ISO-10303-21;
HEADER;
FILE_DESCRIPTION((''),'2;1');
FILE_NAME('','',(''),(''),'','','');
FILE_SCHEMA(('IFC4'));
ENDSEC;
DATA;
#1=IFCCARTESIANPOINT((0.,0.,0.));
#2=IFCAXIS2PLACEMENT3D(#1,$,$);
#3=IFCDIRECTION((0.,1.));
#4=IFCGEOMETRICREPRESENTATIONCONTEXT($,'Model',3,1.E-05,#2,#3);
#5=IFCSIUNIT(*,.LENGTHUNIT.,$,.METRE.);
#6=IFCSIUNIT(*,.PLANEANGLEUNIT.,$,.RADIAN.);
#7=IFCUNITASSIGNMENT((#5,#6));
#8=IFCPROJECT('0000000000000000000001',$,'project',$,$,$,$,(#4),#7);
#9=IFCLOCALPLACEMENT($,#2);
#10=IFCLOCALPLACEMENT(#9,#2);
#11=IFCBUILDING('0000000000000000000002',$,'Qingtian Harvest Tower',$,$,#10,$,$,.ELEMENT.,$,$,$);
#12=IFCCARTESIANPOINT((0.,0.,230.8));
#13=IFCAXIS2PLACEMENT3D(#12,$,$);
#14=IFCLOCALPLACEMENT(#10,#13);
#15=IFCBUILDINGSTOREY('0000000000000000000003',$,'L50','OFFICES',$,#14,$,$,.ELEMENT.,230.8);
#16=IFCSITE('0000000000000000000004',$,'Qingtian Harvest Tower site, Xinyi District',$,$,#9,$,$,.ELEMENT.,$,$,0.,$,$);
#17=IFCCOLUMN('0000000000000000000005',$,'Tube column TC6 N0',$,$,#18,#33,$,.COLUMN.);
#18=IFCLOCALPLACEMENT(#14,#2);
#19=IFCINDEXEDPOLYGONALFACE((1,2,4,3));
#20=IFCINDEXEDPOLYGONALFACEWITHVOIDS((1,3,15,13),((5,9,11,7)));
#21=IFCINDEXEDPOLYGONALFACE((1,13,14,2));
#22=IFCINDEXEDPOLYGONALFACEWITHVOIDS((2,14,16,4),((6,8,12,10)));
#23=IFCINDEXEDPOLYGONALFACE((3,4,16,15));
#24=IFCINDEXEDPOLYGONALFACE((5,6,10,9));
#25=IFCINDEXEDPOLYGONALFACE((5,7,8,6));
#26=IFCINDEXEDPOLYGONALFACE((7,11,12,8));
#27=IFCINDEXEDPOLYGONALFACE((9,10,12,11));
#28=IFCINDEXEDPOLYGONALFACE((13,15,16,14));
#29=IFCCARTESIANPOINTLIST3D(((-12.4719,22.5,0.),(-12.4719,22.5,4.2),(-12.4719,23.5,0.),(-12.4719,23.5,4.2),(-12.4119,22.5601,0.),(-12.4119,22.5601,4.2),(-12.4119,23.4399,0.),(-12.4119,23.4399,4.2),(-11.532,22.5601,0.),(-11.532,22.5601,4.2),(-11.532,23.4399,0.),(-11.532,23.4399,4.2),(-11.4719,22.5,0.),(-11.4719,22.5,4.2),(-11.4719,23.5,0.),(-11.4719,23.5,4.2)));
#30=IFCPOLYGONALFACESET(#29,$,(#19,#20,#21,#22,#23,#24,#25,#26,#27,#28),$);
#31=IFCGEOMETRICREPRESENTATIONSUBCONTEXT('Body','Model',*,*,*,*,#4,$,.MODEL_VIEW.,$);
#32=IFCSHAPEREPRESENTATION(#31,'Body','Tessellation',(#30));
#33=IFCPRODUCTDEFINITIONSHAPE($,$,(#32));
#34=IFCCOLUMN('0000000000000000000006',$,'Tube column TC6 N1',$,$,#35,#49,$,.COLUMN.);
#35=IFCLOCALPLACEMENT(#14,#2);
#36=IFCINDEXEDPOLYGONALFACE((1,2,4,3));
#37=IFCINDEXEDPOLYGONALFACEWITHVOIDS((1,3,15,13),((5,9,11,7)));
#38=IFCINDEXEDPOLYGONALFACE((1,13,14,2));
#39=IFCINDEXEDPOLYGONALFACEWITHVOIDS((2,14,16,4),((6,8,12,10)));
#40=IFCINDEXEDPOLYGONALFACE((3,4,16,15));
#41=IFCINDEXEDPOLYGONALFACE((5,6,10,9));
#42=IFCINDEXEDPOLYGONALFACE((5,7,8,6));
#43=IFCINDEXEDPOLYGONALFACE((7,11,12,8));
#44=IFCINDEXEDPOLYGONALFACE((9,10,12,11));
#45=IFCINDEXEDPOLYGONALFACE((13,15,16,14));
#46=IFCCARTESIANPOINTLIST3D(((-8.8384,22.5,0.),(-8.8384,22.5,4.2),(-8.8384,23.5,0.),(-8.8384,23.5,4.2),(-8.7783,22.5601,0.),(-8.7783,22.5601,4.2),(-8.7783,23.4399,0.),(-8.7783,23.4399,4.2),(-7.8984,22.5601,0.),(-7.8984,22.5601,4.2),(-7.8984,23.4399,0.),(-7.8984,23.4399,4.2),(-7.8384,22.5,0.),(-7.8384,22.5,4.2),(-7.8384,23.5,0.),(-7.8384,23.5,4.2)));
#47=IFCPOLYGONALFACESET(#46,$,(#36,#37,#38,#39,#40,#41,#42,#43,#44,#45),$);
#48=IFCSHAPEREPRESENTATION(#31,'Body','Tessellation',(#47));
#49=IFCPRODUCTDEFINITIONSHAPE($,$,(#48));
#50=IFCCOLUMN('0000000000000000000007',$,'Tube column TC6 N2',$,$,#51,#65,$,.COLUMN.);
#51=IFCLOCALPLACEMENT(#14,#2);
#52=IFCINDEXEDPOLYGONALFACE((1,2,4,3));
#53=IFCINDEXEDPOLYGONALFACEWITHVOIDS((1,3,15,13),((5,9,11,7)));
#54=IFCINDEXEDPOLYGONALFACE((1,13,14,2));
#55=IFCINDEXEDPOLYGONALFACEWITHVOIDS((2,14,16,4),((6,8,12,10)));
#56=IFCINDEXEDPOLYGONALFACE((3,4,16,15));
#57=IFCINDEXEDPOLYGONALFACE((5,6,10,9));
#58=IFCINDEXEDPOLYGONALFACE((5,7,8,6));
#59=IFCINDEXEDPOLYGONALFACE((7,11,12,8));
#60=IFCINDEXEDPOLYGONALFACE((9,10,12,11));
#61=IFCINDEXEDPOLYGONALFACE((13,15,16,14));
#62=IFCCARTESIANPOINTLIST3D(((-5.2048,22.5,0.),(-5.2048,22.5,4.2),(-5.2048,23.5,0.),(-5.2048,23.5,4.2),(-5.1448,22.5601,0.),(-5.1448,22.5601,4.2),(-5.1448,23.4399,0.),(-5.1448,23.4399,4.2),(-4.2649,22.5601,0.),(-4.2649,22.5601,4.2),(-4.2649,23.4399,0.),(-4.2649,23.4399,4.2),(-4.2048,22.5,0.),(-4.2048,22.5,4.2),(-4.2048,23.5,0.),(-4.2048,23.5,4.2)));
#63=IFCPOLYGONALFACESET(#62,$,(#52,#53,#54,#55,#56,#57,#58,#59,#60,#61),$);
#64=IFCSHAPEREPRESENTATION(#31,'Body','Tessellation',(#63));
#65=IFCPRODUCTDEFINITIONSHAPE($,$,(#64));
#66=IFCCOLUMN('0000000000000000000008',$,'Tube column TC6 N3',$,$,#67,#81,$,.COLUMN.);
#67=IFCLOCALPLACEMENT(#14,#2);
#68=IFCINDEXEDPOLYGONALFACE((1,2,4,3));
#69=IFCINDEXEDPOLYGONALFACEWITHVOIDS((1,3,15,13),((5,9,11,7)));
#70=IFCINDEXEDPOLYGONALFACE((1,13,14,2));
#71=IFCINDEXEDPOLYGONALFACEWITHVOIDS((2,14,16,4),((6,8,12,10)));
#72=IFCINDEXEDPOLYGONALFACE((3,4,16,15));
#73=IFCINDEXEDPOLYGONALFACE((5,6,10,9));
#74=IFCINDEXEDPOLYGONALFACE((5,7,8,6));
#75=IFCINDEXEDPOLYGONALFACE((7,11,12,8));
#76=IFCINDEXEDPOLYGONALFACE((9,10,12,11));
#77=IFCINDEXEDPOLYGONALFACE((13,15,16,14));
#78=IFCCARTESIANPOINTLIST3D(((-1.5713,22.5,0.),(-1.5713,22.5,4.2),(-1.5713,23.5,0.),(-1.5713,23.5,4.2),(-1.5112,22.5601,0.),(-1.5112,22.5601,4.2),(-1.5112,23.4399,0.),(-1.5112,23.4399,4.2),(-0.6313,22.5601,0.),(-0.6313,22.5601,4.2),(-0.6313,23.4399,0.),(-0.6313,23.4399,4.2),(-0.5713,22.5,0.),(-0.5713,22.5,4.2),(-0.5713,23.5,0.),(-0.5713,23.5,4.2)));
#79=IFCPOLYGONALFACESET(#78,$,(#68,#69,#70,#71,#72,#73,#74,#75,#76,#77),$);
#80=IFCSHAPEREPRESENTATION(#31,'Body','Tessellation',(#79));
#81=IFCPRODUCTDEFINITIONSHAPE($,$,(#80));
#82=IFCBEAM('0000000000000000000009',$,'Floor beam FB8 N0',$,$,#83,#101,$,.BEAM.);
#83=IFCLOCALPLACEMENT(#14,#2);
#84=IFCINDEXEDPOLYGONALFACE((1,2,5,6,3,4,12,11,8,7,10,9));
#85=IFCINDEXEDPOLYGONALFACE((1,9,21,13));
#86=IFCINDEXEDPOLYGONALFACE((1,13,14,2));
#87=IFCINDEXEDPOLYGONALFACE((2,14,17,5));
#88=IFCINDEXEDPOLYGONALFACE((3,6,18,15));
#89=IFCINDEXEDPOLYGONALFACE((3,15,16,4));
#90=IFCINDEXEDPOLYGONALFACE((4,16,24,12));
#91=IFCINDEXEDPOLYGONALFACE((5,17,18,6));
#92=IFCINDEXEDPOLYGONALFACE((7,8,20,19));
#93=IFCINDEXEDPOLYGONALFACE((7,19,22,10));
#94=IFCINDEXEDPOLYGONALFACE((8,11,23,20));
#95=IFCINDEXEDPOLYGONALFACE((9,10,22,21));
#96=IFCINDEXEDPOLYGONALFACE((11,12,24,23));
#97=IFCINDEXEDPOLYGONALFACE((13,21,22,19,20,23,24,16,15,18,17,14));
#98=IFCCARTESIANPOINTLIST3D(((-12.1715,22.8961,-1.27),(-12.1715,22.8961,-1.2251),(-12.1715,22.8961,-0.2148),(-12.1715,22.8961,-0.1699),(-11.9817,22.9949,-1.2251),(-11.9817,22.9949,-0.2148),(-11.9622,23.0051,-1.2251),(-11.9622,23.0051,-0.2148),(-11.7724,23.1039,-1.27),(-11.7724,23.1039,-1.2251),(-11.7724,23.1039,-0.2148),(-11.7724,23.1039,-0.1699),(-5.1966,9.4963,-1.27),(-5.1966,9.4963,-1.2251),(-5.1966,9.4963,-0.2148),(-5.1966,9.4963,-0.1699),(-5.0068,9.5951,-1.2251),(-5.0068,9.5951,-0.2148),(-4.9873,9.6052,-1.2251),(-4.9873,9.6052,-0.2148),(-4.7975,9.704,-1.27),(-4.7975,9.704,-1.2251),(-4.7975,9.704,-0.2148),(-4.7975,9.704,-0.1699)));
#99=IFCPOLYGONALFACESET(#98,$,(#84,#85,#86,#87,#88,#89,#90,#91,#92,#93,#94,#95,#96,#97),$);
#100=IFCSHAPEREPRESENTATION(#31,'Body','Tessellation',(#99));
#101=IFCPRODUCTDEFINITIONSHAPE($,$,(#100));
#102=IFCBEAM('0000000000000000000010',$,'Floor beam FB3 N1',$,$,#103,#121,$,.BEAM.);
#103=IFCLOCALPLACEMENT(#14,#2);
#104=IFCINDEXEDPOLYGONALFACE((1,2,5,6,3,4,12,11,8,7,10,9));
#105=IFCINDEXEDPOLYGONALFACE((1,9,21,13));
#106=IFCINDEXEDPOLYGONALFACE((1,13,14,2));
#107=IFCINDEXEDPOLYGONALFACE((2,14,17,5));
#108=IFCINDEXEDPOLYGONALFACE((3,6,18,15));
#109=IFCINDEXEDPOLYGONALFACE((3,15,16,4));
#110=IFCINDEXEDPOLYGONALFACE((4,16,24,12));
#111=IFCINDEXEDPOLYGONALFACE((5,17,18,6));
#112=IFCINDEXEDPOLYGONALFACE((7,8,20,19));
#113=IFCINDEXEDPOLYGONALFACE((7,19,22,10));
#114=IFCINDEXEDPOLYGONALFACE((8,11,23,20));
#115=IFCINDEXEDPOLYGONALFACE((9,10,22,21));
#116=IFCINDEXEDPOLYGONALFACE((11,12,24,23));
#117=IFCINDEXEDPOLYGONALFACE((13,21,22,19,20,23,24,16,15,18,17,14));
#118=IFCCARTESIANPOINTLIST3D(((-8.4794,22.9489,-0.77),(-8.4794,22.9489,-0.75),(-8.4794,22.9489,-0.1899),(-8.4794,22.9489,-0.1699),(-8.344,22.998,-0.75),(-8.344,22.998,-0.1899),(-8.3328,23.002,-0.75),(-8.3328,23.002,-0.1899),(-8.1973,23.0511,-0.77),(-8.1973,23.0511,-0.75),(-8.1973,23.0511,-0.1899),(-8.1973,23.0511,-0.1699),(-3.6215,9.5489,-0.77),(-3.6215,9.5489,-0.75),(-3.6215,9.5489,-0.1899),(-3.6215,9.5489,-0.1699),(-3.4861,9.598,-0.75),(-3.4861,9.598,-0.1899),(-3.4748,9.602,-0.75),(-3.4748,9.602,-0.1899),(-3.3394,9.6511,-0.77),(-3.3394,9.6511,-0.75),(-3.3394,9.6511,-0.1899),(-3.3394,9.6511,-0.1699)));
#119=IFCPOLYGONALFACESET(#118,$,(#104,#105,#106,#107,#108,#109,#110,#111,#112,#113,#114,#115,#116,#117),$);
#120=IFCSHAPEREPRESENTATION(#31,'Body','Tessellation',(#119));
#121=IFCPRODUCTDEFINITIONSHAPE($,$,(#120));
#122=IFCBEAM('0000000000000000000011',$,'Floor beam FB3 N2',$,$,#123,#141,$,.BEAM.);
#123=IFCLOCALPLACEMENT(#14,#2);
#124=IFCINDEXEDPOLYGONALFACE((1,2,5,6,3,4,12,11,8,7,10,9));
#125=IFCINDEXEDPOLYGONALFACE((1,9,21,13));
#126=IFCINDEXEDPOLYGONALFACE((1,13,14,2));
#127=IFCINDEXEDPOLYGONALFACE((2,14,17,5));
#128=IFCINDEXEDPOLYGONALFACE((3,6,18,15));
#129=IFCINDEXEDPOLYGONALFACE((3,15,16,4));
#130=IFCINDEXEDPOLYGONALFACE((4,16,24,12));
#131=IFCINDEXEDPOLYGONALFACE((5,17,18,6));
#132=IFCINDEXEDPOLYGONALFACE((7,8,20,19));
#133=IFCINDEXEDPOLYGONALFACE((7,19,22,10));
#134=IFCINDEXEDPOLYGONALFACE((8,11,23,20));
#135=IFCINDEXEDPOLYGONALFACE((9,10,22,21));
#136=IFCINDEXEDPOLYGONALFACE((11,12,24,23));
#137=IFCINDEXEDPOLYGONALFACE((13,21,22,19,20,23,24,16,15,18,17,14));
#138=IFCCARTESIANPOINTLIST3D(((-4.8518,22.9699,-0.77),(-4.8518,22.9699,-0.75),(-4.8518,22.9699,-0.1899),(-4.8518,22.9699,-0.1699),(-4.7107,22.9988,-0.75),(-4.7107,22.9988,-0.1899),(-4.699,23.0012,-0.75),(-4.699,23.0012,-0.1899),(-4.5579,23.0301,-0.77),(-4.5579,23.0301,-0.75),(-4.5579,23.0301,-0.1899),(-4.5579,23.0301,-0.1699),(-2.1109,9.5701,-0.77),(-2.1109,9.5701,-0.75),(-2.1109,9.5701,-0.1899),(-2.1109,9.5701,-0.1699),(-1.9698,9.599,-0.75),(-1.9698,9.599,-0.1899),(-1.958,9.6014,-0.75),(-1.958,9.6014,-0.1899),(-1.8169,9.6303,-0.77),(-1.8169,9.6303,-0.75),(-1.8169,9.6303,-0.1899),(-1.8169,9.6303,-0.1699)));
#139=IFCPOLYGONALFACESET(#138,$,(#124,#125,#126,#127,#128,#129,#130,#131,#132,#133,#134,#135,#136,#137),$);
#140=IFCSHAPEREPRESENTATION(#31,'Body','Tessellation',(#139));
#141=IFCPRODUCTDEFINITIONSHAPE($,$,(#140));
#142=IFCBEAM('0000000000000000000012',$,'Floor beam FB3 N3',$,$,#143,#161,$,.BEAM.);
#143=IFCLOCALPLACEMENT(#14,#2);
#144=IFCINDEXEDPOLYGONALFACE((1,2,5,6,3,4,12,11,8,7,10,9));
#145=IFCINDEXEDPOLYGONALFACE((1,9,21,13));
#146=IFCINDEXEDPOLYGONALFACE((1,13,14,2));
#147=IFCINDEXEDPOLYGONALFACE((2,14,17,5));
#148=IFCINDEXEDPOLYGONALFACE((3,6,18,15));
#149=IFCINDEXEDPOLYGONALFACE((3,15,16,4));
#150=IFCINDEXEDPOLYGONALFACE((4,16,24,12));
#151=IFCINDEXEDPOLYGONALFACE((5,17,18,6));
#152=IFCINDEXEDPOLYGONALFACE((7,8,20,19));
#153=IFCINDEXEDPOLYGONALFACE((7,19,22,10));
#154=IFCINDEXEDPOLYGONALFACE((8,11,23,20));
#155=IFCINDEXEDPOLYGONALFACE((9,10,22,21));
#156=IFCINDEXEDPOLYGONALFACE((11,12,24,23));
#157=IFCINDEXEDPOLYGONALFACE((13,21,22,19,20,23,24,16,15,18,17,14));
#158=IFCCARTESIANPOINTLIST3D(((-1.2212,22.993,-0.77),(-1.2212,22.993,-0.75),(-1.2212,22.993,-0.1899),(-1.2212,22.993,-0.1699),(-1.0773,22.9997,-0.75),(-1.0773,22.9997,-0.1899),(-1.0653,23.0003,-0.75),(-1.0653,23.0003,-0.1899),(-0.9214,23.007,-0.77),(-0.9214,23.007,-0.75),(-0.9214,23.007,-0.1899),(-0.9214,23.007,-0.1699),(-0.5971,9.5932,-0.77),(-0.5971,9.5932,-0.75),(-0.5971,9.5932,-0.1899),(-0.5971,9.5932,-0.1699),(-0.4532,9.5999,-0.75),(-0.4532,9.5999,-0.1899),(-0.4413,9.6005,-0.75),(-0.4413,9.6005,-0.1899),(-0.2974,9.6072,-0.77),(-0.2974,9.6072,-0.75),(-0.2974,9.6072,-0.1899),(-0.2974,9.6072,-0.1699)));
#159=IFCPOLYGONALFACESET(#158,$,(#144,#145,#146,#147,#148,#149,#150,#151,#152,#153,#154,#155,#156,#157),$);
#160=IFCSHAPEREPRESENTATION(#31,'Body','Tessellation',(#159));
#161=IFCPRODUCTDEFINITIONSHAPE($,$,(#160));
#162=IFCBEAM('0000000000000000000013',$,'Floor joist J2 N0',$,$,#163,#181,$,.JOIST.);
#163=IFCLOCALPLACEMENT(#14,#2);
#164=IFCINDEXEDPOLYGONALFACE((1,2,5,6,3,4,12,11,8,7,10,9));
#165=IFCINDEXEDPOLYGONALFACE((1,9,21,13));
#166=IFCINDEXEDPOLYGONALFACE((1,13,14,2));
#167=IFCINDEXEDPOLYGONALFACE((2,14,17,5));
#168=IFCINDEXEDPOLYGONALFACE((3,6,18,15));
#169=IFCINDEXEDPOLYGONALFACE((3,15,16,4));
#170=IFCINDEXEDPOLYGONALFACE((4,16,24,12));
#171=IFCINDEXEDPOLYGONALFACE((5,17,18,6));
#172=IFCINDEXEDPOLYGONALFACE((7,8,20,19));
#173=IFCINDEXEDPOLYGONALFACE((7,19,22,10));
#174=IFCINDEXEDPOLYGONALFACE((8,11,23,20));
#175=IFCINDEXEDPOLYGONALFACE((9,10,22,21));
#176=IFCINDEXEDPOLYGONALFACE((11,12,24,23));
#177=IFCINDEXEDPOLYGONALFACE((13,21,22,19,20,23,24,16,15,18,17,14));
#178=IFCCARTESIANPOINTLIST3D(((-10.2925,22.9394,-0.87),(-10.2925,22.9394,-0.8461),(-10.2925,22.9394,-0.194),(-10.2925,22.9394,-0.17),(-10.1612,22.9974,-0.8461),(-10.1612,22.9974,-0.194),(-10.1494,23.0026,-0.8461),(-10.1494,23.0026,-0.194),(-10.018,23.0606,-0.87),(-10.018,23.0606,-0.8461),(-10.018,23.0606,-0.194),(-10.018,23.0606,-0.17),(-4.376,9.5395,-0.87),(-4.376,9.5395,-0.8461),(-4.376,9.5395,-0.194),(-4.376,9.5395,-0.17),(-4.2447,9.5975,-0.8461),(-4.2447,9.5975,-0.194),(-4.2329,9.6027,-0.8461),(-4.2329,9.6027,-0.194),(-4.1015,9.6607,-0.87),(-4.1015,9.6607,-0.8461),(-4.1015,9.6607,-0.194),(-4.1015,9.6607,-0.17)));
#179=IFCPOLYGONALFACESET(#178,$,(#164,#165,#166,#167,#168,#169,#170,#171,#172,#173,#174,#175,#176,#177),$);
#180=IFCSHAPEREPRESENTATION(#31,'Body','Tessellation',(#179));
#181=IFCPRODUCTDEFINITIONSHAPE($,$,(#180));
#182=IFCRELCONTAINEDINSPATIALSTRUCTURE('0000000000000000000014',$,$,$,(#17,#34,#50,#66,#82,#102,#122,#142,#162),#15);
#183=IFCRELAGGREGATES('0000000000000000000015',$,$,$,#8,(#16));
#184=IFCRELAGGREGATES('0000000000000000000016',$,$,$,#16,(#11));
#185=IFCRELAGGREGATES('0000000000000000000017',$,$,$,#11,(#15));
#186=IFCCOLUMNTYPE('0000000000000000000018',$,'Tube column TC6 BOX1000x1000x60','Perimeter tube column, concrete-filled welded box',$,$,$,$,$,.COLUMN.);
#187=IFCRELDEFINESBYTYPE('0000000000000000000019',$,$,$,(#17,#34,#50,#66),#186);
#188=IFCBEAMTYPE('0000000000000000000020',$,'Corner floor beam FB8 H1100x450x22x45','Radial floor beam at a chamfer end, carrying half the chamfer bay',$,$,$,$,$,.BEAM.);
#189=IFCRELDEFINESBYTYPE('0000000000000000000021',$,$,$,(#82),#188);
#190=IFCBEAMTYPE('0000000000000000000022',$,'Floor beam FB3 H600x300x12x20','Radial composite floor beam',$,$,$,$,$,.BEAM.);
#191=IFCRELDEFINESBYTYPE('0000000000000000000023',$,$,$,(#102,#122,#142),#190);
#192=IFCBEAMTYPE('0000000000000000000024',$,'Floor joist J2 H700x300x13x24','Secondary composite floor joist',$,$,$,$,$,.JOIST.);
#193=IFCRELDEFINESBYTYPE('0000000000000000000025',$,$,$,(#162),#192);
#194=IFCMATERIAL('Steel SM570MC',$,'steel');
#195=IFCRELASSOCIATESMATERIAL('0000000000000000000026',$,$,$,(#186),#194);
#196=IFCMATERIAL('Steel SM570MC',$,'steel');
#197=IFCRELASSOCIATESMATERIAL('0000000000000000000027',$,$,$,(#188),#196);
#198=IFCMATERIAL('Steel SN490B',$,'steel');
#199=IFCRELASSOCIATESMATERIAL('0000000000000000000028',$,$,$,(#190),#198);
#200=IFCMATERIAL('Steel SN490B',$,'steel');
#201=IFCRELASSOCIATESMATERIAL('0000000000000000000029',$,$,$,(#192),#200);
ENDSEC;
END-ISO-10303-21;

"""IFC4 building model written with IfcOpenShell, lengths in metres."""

from ifc_helpers import new_model, si_unit, direction, frame, origin, origin_2d, place, context, subcontext, project, spatial, hollow_rectangle, i_section, extrude, material, material_profile, profile_set, type_object, element, save


model = new_model("IFC4")

# Units and contexts
model_context = context("Model", 3, precision=1e-05, world=origin(), true_north=direction((0.0, 1.0)))
body_context = subcontext(model_context, "Body", "Model", "MODEL_VIEW")
ifc_project = project(units=[si_unit("LENGTHUNIT", "METRE"), si_unit("PLANEANGLEUNIT", "RADIAN")], contexts=[model_context])

# Site, building, storey
site_placement = place(None, origin())
site = spatial("IfcSite", under=ifc_project, at=site_placement, Name="Qingtian Harvest Tower site, Xinyi District", CompositionType="ELEMENT", RefElevation=0.0)
building_placement = place(site_placement, origin())
building = spatial("IfcBuilding", under=site, at=building_placement, Name="Qingtian Harvest Tower", CompositionType="ELEMENT")
storey_placement = place(building_placement, frame((0.0, 0.0, 230.8)))
storey = spatial("IfcBuildingStorey", under=building, at=storey_placement, Name="L50", Description="OFFICES", CompositionType="ELEMENT", Elevation=230.8)

# Columns
ifc_material_1 = material(Name="Steel SM570MC", Category="steel")
ifc_material_profile_1 = material_profile(ifc_material_1, hollow_rectangle(XDim=1.0, YDim=1.0, WallThickness=0.0601, at=origin_2d()), Name="BOX1000x1000x60")
ifc_profile_set_1 = profile_set([ifc_material_profile_1], Name="Steel SM570MC")
column_type = type_object("IfcColumnType", Name="Tube column TC6 BOX1000x1000x60", Description="Perimeter tube column, concrete-filled welded box", PredefinedType="COLUMN", material=ifc_profile_set_1)
for number, where, z_axis, x_axis, name in (
    (1, (-11.9719, 23.0, 0.0), (0.0, 0.0, 1.0), (-1.0, 0.0, 0.0), "Tube column TC6 N0"),
    (2, (-8.3384, 23.0, 0.0), (0.0, 0.0, 1.0), (-1.0, 0.0, 0.0), "Tube column TC6 N1"),
    (3, (-4.7048, 23.0, 0.0), (0.0, 0.0, 1.0), (-1.0, 0.0, 0.0), "Tube column TC6 N2"),
    (4, (-1.0713, 23.0, 0.0), (0.0, 0.0, 1.0), (-1.0, 0.0, 0.0), "Tube column TC6 N3"),
):
    element("IfcColumn", number, at=place(storey_placement, frame(where, z_axis=z_axis, x_axis=x_axis)), inside=storey, type_object=column_type, Name=name, PredefinedType="COLUMN", context=body_context, shape_type="SweptSolid", body=[
        extrude(hollow_rectangle(XDim=1.0, YDim=1.0, WallThickness=0.0601, at=origin_2d()), origin(), (0.0, 0.0, 1.0), 4.2),
    ])

# Beams
ifc_material_2 = material(Name="Steel SM570MC", Category="steel")
ifc_material_profile_2 = material_profile(ifc_material_2, i_section(OverallWidth=0.45, OverallDepth=1.1001, WebThickness=0.022, FlangeThickness=0.0449, at=origin_2d()), Name="H1100x450x22x45")
ifc_profile_set_2 = profile_set([ifc_material_profile_2], Name="Steel SM570MC")
beam_type_1 = type_object("IfcBeamType", Name="Corner floor beam FB8 H1100x450x22x45", Description="Radial floor beam at a chamfer end, carrying half the chamfer bay", PredefinedType="BEAM", material=ifc_profile_set_2)
beam_1_placement = place(storey_placement, frame((-11.9719, 23.0, -0.72), z_axis=(0.461712, -0.88703, 0.0), x_axis=(0.88703, 0.461712, 0.0)))
element("IfcBeam", 5, at=beam_1_placement, inside=storey, type_object=beam_type_1, Name="Floor beam FB8 N0", PredefinedType="BEAM", context=body_context, shape_type="SweptSolid", body=[
    extrude(i_section(OverallWidth=0.45, OverallDepth=1.1001, WebThickness=0.022, FlangeThickness=0.0449, at=origin_2d()), origin(), (0.0, 0.0, 1.0), 15.1064),
])
ifc_material_3 = material(Name="Steel SN490B", Category="steel")
ifc_material_profile_3 = material_profile(ifc_material_3, i_section(OverallWidth=0.3, OverallDepth=0.6001, WebThickness=0.012, FlangeThickness=0.02, at=origin_2d()), Name="H600x300x12x20")
ifc_profile_set_3 = profile_set([ifc_material_profile_3], Name="Steel SN490B")
beam_type_2 = type_object("IfcBeamType", Name="Floor beam FB3 H600x300x12x20", Description="Radial composite floor beam", PredefinedType="BEAM", material=ifc_profile_set_3)
beam_2_placement = place(storey_placement, frame((-8.3384, 23.0, -0.47), z_axis=(0.340827, -0.940126, 0.0), x_axis=(0.940126, 0.340827, 0.0)))
element("IfcBeam", 6, at=beam_2_placement, inside=storey, type_object=beam_type_2, Name="Floor beam FB3 N1", PredefinedType="BEAM", context=body_context, shape_type="SweptSolid", body=[
    extrude(i_section(OverallWidth=0.3, OverallDepth=0.6001, WebThickness=0.012, FlangeThickness=0.02, at=origin_2d()), origin(), (0.0, 0.0, 1.0), 14.2534),
])
beam_3_placement = place(storey_placement, frame((-4.7048, 23.0, -0.47), z_axis=(0.200402, -0.979714, 0.0), x_axis=(0.979714, 0.200402, 0.0)))
element("IfcBeam", 7, at=beam_3_placement, inside=storey, type_object=beam_type_2, Name="Floor beam FB3 N2", PredefinedType="BEAM", context=body_context, shape_type="SweptSolid", body=[
    extrude(i_section(OverallWidth=0.3, OverallDepth=0.6001, WebThickness=0.012, FlangeThickness=0.02, at=origin_2d()), origin(), (0.0, 0.0, 1.0), 13.6772),
])
beam_4_placement = place(storey_placement, frame((-1.0713, 23.0, -0.47), z_axis=(0.046519, -0.998917, 0.0), x_axis=(0.998917, 0.046519, 0.0)))
element("IfcBeam", 8, at=beam_4_placement, inside=storey, type_object=beam_type_2, Name="Floor beam FB3 N3", PredefinedType="BEAM", context=body_context, shape_type="SweptSolid", body=[
    extrude(i_section(OverallWidth=0.3, OverallDepth=0.6001, WebThickness=0.012, FlangeThickness=0.02, at=origin_2d()), origin(), (0.0, 0.0, 1.0), 13.4143),
])
ifc_material_4 = material(Name="Steel SN490B", Category="steel")
ifc_material_profile_4 = material_profile(ifc_material_4, i_section(OverallWidth=0.3, OverallDepth=0.7, WebThickness=0.0129, FlangeThickness=0.0239, at=origin_2d()), Name="H700x300x13x24")
ifc_profile_set_4 = profile_set([ifc_material_profile_4], Name="Steel SN490B")
beam_type_3 = type_object("IfcBeamType", Name="Floor joist J2 H700x300x13x24", Description="Secondary composite floor joist", PredefinedType="JOIST", material=ifc_profile_set_4)
beam_5_placement = place(storey_placement, frame((-10.1553, 23.0, -0.52), z_axis=(0.403913, -0.914797, 0.0), x_axis=(0.914797, 0.403913, 0.0)))
element("IfcBeam", 9, at=beam_5_placement, inside=storey, type_object=beam_type_3, Name="Floor joist J2 N0", PredefinedType="JOIST", context=body_context, shape_type="SweptSolid", body=[
    extrude(i_section(OverallWidth=0.3, OverallDepth=0.7, WebThickness=0.0129, FlangeThickness=0.0239, at=origin_2d()), origin(), (0.0, 0.0, 1.0), 14.6479),
])

save(model, "model.ifc")
